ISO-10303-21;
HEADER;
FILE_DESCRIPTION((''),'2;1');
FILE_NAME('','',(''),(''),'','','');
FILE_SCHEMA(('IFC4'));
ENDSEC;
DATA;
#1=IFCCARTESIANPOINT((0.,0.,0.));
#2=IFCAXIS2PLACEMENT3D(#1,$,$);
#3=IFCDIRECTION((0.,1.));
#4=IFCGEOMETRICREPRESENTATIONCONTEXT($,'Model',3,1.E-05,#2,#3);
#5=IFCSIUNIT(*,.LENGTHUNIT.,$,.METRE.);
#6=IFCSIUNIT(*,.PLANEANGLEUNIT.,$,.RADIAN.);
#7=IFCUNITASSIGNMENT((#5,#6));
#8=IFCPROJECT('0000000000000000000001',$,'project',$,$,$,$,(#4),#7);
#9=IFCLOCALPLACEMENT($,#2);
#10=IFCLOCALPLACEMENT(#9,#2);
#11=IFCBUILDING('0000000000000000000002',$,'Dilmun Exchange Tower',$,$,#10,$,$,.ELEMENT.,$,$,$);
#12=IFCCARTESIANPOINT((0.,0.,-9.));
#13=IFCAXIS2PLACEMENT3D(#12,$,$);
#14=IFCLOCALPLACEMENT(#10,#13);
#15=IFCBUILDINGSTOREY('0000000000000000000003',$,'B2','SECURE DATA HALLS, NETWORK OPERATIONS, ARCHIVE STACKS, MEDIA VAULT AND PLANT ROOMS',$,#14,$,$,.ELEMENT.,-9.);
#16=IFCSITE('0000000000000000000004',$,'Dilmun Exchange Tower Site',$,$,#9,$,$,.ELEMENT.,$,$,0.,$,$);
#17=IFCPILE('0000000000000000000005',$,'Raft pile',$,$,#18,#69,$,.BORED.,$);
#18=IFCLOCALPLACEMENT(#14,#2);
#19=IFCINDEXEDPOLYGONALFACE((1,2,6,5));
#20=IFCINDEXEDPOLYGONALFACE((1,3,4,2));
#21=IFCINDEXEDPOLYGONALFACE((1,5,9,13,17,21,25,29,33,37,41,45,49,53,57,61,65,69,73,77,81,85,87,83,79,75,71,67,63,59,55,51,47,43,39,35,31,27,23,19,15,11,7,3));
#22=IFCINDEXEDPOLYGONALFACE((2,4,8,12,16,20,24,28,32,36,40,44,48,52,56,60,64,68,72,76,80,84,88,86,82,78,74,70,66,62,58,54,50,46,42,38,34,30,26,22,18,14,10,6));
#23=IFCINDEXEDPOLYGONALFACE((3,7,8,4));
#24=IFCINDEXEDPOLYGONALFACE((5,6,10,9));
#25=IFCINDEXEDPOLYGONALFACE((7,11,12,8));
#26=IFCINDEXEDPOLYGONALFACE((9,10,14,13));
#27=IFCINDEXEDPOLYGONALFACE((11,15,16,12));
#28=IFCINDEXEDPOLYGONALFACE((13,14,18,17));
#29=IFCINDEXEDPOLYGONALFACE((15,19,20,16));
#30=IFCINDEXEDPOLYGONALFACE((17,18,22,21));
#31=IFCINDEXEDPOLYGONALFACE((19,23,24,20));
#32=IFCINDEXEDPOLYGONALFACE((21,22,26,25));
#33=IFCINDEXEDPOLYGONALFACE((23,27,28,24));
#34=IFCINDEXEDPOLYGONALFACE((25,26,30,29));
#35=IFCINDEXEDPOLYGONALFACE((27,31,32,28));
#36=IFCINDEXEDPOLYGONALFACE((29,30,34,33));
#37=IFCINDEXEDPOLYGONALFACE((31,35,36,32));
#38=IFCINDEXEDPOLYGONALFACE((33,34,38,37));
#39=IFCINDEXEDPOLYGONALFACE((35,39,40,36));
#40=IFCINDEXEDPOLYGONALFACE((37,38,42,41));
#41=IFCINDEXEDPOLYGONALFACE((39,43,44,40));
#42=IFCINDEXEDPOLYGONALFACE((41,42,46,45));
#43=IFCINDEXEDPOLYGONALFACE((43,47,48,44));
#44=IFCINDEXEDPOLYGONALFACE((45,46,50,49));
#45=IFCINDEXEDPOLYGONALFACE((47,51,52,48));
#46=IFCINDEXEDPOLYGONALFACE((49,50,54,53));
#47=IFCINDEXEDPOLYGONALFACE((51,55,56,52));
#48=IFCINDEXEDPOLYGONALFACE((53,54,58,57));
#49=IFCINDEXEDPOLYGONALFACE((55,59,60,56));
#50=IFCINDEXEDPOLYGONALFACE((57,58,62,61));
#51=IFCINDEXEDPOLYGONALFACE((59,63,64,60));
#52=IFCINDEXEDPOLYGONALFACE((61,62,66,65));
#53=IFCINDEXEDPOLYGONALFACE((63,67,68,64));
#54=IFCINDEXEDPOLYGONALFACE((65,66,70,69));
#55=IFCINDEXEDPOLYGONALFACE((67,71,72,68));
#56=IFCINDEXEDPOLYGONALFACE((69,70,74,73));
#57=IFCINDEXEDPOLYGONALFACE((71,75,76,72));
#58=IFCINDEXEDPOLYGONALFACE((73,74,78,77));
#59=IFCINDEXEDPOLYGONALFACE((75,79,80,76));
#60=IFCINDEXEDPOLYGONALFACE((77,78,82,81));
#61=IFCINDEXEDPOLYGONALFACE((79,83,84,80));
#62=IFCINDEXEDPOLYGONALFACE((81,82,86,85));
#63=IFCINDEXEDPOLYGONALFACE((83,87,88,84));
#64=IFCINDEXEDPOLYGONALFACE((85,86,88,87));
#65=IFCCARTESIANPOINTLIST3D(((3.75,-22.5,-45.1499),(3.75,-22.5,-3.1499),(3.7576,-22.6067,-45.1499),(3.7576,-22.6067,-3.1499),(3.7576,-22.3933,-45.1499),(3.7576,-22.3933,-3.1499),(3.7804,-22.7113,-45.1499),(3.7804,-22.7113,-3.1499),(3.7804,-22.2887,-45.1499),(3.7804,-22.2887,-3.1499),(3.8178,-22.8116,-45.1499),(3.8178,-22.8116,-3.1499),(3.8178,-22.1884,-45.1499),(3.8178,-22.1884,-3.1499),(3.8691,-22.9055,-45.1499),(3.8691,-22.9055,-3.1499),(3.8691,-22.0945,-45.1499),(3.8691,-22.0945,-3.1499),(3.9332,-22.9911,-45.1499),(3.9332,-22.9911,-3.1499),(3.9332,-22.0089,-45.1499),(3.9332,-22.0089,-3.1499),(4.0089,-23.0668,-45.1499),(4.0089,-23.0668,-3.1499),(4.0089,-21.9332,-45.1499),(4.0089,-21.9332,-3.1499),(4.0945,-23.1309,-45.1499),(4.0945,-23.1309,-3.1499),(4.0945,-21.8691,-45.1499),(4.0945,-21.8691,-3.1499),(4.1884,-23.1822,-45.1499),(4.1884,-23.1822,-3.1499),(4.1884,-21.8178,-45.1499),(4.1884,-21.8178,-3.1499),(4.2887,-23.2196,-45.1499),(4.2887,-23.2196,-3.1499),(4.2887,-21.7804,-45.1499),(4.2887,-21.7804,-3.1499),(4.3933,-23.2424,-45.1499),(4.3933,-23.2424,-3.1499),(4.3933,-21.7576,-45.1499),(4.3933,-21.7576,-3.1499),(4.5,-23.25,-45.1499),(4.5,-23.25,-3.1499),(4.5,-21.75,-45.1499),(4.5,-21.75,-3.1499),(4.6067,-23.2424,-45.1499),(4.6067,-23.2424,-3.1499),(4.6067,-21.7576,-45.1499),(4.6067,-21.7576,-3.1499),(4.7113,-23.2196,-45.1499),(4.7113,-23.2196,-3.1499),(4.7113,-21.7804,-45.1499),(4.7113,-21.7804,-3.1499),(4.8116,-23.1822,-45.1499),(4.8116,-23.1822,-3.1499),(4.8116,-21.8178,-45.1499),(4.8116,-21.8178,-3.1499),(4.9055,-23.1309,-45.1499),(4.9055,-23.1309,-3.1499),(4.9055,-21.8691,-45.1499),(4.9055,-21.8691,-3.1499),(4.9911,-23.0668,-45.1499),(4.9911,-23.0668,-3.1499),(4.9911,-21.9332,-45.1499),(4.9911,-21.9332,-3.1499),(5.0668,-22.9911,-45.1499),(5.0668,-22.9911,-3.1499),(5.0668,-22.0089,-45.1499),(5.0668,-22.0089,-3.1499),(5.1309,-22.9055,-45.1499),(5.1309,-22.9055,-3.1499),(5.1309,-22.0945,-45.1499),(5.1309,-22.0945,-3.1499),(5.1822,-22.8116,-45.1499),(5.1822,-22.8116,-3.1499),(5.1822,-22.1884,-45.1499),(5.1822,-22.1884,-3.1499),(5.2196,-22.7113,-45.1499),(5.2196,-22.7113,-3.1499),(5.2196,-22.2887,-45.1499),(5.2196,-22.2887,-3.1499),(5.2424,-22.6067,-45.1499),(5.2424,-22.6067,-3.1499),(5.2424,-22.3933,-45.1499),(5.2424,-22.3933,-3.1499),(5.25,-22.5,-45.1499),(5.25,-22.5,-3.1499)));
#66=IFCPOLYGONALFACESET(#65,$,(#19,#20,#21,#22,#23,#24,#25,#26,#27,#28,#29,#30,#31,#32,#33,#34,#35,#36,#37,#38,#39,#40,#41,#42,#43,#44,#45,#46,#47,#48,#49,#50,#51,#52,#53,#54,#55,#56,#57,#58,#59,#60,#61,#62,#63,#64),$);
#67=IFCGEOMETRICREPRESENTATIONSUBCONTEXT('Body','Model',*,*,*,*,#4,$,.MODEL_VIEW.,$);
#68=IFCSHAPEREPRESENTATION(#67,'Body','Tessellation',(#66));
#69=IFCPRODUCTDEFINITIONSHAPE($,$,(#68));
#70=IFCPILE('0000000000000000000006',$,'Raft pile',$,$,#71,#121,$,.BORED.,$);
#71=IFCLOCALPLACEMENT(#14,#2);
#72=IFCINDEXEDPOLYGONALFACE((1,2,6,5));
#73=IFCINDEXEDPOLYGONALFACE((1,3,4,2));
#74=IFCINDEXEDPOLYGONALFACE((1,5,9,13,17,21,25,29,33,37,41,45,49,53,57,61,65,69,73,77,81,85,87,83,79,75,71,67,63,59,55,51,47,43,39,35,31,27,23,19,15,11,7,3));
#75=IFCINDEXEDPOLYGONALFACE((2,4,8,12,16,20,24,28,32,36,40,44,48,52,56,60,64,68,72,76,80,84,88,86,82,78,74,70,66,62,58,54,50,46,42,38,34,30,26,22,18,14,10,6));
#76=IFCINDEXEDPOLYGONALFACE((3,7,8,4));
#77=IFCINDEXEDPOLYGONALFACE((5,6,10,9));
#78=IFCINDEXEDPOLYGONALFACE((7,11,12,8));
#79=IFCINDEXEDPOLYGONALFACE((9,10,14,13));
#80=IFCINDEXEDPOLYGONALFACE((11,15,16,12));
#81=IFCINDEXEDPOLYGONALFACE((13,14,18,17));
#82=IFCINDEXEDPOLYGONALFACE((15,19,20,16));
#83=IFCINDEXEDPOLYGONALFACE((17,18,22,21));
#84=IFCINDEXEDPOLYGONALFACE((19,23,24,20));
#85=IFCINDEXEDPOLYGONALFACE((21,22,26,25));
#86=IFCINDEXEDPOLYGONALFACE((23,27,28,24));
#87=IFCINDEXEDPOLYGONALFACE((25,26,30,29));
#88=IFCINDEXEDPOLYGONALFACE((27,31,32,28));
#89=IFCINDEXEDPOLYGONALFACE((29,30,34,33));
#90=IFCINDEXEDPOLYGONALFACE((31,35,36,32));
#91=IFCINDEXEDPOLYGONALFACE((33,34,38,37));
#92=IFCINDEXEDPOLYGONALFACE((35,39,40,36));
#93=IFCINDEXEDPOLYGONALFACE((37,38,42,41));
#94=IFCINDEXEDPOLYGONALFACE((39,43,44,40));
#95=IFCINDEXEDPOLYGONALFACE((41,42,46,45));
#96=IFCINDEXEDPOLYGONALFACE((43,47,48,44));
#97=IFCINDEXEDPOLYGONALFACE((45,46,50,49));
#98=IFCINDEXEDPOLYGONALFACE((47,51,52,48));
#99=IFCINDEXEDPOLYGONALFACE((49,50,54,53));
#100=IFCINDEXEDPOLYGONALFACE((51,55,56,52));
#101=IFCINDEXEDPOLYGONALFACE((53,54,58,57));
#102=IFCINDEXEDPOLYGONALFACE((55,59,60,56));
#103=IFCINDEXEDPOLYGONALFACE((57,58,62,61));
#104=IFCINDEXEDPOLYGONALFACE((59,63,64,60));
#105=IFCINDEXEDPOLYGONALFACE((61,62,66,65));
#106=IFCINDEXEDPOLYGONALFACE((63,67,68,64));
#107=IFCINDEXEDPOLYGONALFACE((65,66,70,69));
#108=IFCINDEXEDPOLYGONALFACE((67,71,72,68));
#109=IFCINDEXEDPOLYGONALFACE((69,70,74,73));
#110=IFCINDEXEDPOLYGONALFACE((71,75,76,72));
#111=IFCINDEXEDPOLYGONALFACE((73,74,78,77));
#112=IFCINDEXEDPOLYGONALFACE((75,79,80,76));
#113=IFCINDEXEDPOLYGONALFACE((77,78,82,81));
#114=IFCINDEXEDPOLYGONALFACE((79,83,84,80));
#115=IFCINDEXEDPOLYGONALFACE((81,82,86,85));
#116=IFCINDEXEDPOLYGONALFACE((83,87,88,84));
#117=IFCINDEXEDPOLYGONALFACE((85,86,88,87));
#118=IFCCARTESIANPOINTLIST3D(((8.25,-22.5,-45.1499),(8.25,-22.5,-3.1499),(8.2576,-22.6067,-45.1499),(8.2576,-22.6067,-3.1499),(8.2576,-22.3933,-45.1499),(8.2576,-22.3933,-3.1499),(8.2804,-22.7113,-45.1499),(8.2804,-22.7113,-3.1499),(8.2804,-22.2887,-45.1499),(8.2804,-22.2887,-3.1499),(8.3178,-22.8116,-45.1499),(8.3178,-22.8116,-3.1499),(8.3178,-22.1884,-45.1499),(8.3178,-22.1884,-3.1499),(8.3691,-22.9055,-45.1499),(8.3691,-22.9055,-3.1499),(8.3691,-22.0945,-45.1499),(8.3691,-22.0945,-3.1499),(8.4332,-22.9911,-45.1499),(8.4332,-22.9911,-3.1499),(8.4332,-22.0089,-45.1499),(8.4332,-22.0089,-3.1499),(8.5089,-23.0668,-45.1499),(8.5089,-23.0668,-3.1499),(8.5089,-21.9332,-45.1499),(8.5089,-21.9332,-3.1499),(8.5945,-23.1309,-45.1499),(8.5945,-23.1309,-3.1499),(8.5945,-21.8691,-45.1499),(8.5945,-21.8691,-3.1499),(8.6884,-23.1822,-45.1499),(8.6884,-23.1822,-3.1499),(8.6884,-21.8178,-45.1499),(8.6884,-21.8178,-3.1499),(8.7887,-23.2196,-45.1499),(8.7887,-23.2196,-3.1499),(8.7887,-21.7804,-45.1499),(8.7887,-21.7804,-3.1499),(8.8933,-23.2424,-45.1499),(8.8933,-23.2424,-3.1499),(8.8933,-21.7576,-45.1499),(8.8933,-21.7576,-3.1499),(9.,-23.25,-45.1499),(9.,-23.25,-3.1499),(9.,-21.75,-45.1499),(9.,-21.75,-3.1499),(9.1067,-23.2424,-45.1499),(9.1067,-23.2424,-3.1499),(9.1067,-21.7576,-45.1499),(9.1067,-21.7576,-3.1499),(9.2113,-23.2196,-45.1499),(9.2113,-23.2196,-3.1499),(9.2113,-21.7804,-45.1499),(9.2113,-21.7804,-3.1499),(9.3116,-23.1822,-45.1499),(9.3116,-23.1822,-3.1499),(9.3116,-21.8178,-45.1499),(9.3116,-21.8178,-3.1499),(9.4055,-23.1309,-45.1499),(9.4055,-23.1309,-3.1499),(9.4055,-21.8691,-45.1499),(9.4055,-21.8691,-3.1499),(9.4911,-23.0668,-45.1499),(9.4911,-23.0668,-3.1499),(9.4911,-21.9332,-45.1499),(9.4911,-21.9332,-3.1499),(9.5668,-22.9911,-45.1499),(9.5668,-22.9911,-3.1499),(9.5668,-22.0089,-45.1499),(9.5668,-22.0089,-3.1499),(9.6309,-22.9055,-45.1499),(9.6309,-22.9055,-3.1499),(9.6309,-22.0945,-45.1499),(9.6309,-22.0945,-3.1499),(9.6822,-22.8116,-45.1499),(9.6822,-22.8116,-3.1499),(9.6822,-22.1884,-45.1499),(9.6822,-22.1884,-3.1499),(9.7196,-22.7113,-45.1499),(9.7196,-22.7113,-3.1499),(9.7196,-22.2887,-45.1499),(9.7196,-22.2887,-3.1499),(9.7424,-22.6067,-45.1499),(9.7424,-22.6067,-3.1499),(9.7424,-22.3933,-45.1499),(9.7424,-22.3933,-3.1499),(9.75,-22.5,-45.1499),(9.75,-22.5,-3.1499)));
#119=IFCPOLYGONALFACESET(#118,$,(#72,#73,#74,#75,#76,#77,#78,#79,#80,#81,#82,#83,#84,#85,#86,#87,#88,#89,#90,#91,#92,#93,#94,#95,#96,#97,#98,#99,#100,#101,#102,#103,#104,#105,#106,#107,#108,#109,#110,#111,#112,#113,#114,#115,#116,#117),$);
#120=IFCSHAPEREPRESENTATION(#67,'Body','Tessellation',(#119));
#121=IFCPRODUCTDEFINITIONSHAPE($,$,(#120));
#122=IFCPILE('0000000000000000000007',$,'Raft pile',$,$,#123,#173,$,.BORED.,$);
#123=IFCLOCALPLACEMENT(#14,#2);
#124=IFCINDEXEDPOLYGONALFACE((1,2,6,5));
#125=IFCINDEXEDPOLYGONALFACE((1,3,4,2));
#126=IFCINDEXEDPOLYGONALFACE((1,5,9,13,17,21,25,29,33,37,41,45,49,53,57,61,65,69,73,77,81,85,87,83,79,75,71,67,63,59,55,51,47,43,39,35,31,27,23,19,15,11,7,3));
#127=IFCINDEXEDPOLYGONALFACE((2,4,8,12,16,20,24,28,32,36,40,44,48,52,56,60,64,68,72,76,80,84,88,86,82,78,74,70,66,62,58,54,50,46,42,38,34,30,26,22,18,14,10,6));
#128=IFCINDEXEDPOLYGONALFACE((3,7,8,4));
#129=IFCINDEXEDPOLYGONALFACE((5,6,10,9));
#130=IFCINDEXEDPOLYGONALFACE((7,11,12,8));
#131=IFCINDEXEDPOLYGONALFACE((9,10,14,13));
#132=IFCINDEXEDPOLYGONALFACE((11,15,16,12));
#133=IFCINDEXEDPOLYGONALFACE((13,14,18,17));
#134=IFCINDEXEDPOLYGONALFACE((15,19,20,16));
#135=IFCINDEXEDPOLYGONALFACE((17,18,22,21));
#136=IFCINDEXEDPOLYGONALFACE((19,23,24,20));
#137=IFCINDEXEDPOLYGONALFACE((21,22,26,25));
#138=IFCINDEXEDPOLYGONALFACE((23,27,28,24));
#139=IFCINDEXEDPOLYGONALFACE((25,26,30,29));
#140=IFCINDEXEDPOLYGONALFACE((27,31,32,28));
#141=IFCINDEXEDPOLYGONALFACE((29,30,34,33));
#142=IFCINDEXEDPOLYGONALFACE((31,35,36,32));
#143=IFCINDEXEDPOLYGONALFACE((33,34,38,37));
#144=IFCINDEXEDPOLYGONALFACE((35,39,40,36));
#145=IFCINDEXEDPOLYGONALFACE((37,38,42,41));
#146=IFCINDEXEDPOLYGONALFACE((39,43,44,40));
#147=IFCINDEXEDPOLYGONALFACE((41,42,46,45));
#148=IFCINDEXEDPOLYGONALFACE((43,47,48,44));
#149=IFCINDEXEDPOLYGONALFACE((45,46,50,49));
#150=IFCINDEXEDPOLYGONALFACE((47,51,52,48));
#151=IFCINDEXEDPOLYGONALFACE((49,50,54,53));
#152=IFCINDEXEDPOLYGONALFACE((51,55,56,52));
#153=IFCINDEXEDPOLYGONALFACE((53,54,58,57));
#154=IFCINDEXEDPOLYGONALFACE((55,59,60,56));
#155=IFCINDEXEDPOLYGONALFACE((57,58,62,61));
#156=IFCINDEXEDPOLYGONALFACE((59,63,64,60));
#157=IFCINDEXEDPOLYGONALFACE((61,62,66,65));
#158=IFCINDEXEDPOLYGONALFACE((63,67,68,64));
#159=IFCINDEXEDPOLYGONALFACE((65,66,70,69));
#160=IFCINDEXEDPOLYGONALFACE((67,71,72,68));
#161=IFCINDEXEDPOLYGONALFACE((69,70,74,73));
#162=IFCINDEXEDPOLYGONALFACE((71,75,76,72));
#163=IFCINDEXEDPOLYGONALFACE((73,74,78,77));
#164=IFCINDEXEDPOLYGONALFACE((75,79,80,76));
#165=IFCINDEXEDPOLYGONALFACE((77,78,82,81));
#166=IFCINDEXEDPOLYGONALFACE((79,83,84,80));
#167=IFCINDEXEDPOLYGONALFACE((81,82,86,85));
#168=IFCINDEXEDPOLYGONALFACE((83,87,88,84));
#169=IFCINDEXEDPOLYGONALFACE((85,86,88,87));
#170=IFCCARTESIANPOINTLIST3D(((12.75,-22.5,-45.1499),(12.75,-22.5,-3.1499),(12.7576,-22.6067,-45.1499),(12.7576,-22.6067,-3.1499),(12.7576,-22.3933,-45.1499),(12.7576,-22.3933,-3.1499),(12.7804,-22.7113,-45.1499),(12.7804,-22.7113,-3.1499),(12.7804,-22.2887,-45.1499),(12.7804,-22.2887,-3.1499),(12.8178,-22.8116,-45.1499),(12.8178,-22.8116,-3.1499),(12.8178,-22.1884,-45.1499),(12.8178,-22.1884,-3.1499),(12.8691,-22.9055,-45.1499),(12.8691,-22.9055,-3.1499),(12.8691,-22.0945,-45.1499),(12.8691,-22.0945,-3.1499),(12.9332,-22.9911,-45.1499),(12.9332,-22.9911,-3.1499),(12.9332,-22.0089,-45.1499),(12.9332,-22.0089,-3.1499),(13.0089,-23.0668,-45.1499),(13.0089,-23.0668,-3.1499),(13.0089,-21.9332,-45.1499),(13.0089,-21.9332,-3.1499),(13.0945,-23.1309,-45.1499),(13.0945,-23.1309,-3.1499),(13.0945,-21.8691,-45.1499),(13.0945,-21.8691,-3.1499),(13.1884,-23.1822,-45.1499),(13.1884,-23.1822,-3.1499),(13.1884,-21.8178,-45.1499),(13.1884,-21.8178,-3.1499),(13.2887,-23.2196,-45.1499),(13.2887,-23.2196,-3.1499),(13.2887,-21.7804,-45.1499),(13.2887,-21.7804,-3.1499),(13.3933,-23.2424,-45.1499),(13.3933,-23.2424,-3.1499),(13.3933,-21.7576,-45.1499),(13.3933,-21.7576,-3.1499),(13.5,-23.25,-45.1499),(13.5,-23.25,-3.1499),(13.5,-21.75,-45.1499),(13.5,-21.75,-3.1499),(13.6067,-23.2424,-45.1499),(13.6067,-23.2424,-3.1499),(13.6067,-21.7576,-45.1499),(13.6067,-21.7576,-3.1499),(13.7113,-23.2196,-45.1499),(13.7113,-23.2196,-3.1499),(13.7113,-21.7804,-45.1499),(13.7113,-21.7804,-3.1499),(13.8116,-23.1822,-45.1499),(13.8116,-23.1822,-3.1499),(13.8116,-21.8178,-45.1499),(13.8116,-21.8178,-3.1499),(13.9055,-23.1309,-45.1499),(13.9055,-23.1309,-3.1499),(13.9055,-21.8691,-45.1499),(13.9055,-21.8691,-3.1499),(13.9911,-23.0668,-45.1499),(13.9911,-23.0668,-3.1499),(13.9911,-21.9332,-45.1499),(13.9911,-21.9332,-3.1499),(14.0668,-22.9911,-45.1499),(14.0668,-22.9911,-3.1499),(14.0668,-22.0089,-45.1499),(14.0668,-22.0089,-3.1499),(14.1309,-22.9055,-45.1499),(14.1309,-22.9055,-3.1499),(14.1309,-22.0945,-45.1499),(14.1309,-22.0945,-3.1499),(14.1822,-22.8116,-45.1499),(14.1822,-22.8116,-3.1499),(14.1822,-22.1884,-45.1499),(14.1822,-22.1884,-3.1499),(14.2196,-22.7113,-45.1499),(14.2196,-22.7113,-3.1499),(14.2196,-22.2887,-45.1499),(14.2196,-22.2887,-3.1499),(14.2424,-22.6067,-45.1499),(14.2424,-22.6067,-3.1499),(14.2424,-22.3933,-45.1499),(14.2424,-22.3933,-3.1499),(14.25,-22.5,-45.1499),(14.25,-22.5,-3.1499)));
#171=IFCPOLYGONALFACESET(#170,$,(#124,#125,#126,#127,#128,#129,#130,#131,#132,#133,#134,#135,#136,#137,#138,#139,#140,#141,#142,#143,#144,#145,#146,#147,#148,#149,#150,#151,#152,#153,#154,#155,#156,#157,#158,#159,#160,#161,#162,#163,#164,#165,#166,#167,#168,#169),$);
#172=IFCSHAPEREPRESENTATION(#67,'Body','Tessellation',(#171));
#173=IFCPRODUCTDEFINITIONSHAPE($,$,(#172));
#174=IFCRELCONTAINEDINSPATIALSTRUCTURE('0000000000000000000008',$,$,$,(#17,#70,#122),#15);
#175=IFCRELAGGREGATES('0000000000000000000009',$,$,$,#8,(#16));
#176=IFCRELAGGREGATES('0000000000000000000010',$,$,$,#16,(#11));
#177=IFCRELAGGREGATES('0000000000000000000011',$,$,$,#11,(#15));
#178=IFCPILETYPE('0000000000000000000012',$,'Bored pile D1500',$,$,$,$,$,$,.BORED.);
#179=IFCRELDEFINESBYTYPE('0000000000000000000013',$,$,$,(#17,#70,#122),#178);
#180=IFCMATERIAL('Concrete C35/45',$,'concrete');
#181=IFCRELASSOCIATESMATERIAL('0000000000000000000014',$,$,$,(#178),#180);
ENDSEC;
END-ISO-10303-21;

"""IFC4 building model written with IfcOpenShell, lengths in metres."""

from ifc_helpers import new_model, si_unit, direction, frame, origin, origin_2d, place, context, subcontext, project, spatial, circle, extrude, material, material_profile, profile_set, type_object, element, save


model = new_model("IFC4")

# Units and contexts
model_context = context("Model", 3, precision=1e-05, world=origin(), true_north=direction((0.0, 1.0)))
body_context = subcontext(model_context, "Body", "Model", "MODEL_VIEW")
ifc_project = project(units=[si_unit("LENGTHUNIT", "METRE"), si_unit("PLANEANGLEUNIT", "RADIAN")], contexts=[model_context])

# Site, building, storey
site_placement = place(None, origin())
site = spatial("IfcSite", under=ifc_project, at=site_placement, Name="Dilmun Exchange Tower Site", CompositionType="ELEMENT", RefElevation=0.0)
building_placement = place(site_placement, origin())
building = spatial("IfcBuilding", under=site, at=building_placement, Name="Dilmun Exchange Tower", CompositionType="ELEMENT")
storey_placement = place(building_placement, frame((0.0, 0.0, -9.0)))
storey = spatial("IfcBuildingStorey", under=building, at=storey_placement, Name="B2", Description="SECURE DATA HALLS, NETWORK OPERATIONS, ARCHIVE STACKS, MEDIA VAULT AND PLANT ROOMS", CompositionType="ELEMENT", Elevation=-9.0)

# Piles
ifc_material_1 = material(Name="Concrete C35/45", Category="concrete")
ifc_material_profile_1 = material_profile(ifc_material_1, circle(Radius=0.75, at=origin_2d()), Name="D1500")
ifc_profile_set_1 = profile_set([ifc_material_profile_1], Name="Concrete C35/45")
pile_type = type_object("IfcPileType", Name="Bored pile D1500", PredefinedType="BORED", material=ifc_profile_set_1)
for number, where, z_axis, x_axis, name in (
    (1, (4.5, -22.5, -3.1499), (0.0, 0.0, -1.0), (1.0, 0.0, 0.0), "Raft pile"),
    (2, (9.0, -22.5, -3.1499), (0.0, 0.0, -1.0), (1.0, 0.0, 0.0), "Raft pile"),
    (3, (13.5, -22.5, -3.1499), (0.0, 0.0, -1.0), (1.0, 0.0, 0.0), "Raft pile"),
):
    element("IfcPile", number, at=place(storey_placement, frame(where, z_axis=z_axis, x_axis=x_axis)), inside=storey, type_object=pile_type, Name=name, PredefinedType="BORED", context=body_context, shape_type="SweptSolid", body=[
        extrude(circle(Radius=0.75, at=origin_2d()), origin(), (0.0, 0.0, 1.0), 42.0),
    ])

save(model, "model.ifc")
